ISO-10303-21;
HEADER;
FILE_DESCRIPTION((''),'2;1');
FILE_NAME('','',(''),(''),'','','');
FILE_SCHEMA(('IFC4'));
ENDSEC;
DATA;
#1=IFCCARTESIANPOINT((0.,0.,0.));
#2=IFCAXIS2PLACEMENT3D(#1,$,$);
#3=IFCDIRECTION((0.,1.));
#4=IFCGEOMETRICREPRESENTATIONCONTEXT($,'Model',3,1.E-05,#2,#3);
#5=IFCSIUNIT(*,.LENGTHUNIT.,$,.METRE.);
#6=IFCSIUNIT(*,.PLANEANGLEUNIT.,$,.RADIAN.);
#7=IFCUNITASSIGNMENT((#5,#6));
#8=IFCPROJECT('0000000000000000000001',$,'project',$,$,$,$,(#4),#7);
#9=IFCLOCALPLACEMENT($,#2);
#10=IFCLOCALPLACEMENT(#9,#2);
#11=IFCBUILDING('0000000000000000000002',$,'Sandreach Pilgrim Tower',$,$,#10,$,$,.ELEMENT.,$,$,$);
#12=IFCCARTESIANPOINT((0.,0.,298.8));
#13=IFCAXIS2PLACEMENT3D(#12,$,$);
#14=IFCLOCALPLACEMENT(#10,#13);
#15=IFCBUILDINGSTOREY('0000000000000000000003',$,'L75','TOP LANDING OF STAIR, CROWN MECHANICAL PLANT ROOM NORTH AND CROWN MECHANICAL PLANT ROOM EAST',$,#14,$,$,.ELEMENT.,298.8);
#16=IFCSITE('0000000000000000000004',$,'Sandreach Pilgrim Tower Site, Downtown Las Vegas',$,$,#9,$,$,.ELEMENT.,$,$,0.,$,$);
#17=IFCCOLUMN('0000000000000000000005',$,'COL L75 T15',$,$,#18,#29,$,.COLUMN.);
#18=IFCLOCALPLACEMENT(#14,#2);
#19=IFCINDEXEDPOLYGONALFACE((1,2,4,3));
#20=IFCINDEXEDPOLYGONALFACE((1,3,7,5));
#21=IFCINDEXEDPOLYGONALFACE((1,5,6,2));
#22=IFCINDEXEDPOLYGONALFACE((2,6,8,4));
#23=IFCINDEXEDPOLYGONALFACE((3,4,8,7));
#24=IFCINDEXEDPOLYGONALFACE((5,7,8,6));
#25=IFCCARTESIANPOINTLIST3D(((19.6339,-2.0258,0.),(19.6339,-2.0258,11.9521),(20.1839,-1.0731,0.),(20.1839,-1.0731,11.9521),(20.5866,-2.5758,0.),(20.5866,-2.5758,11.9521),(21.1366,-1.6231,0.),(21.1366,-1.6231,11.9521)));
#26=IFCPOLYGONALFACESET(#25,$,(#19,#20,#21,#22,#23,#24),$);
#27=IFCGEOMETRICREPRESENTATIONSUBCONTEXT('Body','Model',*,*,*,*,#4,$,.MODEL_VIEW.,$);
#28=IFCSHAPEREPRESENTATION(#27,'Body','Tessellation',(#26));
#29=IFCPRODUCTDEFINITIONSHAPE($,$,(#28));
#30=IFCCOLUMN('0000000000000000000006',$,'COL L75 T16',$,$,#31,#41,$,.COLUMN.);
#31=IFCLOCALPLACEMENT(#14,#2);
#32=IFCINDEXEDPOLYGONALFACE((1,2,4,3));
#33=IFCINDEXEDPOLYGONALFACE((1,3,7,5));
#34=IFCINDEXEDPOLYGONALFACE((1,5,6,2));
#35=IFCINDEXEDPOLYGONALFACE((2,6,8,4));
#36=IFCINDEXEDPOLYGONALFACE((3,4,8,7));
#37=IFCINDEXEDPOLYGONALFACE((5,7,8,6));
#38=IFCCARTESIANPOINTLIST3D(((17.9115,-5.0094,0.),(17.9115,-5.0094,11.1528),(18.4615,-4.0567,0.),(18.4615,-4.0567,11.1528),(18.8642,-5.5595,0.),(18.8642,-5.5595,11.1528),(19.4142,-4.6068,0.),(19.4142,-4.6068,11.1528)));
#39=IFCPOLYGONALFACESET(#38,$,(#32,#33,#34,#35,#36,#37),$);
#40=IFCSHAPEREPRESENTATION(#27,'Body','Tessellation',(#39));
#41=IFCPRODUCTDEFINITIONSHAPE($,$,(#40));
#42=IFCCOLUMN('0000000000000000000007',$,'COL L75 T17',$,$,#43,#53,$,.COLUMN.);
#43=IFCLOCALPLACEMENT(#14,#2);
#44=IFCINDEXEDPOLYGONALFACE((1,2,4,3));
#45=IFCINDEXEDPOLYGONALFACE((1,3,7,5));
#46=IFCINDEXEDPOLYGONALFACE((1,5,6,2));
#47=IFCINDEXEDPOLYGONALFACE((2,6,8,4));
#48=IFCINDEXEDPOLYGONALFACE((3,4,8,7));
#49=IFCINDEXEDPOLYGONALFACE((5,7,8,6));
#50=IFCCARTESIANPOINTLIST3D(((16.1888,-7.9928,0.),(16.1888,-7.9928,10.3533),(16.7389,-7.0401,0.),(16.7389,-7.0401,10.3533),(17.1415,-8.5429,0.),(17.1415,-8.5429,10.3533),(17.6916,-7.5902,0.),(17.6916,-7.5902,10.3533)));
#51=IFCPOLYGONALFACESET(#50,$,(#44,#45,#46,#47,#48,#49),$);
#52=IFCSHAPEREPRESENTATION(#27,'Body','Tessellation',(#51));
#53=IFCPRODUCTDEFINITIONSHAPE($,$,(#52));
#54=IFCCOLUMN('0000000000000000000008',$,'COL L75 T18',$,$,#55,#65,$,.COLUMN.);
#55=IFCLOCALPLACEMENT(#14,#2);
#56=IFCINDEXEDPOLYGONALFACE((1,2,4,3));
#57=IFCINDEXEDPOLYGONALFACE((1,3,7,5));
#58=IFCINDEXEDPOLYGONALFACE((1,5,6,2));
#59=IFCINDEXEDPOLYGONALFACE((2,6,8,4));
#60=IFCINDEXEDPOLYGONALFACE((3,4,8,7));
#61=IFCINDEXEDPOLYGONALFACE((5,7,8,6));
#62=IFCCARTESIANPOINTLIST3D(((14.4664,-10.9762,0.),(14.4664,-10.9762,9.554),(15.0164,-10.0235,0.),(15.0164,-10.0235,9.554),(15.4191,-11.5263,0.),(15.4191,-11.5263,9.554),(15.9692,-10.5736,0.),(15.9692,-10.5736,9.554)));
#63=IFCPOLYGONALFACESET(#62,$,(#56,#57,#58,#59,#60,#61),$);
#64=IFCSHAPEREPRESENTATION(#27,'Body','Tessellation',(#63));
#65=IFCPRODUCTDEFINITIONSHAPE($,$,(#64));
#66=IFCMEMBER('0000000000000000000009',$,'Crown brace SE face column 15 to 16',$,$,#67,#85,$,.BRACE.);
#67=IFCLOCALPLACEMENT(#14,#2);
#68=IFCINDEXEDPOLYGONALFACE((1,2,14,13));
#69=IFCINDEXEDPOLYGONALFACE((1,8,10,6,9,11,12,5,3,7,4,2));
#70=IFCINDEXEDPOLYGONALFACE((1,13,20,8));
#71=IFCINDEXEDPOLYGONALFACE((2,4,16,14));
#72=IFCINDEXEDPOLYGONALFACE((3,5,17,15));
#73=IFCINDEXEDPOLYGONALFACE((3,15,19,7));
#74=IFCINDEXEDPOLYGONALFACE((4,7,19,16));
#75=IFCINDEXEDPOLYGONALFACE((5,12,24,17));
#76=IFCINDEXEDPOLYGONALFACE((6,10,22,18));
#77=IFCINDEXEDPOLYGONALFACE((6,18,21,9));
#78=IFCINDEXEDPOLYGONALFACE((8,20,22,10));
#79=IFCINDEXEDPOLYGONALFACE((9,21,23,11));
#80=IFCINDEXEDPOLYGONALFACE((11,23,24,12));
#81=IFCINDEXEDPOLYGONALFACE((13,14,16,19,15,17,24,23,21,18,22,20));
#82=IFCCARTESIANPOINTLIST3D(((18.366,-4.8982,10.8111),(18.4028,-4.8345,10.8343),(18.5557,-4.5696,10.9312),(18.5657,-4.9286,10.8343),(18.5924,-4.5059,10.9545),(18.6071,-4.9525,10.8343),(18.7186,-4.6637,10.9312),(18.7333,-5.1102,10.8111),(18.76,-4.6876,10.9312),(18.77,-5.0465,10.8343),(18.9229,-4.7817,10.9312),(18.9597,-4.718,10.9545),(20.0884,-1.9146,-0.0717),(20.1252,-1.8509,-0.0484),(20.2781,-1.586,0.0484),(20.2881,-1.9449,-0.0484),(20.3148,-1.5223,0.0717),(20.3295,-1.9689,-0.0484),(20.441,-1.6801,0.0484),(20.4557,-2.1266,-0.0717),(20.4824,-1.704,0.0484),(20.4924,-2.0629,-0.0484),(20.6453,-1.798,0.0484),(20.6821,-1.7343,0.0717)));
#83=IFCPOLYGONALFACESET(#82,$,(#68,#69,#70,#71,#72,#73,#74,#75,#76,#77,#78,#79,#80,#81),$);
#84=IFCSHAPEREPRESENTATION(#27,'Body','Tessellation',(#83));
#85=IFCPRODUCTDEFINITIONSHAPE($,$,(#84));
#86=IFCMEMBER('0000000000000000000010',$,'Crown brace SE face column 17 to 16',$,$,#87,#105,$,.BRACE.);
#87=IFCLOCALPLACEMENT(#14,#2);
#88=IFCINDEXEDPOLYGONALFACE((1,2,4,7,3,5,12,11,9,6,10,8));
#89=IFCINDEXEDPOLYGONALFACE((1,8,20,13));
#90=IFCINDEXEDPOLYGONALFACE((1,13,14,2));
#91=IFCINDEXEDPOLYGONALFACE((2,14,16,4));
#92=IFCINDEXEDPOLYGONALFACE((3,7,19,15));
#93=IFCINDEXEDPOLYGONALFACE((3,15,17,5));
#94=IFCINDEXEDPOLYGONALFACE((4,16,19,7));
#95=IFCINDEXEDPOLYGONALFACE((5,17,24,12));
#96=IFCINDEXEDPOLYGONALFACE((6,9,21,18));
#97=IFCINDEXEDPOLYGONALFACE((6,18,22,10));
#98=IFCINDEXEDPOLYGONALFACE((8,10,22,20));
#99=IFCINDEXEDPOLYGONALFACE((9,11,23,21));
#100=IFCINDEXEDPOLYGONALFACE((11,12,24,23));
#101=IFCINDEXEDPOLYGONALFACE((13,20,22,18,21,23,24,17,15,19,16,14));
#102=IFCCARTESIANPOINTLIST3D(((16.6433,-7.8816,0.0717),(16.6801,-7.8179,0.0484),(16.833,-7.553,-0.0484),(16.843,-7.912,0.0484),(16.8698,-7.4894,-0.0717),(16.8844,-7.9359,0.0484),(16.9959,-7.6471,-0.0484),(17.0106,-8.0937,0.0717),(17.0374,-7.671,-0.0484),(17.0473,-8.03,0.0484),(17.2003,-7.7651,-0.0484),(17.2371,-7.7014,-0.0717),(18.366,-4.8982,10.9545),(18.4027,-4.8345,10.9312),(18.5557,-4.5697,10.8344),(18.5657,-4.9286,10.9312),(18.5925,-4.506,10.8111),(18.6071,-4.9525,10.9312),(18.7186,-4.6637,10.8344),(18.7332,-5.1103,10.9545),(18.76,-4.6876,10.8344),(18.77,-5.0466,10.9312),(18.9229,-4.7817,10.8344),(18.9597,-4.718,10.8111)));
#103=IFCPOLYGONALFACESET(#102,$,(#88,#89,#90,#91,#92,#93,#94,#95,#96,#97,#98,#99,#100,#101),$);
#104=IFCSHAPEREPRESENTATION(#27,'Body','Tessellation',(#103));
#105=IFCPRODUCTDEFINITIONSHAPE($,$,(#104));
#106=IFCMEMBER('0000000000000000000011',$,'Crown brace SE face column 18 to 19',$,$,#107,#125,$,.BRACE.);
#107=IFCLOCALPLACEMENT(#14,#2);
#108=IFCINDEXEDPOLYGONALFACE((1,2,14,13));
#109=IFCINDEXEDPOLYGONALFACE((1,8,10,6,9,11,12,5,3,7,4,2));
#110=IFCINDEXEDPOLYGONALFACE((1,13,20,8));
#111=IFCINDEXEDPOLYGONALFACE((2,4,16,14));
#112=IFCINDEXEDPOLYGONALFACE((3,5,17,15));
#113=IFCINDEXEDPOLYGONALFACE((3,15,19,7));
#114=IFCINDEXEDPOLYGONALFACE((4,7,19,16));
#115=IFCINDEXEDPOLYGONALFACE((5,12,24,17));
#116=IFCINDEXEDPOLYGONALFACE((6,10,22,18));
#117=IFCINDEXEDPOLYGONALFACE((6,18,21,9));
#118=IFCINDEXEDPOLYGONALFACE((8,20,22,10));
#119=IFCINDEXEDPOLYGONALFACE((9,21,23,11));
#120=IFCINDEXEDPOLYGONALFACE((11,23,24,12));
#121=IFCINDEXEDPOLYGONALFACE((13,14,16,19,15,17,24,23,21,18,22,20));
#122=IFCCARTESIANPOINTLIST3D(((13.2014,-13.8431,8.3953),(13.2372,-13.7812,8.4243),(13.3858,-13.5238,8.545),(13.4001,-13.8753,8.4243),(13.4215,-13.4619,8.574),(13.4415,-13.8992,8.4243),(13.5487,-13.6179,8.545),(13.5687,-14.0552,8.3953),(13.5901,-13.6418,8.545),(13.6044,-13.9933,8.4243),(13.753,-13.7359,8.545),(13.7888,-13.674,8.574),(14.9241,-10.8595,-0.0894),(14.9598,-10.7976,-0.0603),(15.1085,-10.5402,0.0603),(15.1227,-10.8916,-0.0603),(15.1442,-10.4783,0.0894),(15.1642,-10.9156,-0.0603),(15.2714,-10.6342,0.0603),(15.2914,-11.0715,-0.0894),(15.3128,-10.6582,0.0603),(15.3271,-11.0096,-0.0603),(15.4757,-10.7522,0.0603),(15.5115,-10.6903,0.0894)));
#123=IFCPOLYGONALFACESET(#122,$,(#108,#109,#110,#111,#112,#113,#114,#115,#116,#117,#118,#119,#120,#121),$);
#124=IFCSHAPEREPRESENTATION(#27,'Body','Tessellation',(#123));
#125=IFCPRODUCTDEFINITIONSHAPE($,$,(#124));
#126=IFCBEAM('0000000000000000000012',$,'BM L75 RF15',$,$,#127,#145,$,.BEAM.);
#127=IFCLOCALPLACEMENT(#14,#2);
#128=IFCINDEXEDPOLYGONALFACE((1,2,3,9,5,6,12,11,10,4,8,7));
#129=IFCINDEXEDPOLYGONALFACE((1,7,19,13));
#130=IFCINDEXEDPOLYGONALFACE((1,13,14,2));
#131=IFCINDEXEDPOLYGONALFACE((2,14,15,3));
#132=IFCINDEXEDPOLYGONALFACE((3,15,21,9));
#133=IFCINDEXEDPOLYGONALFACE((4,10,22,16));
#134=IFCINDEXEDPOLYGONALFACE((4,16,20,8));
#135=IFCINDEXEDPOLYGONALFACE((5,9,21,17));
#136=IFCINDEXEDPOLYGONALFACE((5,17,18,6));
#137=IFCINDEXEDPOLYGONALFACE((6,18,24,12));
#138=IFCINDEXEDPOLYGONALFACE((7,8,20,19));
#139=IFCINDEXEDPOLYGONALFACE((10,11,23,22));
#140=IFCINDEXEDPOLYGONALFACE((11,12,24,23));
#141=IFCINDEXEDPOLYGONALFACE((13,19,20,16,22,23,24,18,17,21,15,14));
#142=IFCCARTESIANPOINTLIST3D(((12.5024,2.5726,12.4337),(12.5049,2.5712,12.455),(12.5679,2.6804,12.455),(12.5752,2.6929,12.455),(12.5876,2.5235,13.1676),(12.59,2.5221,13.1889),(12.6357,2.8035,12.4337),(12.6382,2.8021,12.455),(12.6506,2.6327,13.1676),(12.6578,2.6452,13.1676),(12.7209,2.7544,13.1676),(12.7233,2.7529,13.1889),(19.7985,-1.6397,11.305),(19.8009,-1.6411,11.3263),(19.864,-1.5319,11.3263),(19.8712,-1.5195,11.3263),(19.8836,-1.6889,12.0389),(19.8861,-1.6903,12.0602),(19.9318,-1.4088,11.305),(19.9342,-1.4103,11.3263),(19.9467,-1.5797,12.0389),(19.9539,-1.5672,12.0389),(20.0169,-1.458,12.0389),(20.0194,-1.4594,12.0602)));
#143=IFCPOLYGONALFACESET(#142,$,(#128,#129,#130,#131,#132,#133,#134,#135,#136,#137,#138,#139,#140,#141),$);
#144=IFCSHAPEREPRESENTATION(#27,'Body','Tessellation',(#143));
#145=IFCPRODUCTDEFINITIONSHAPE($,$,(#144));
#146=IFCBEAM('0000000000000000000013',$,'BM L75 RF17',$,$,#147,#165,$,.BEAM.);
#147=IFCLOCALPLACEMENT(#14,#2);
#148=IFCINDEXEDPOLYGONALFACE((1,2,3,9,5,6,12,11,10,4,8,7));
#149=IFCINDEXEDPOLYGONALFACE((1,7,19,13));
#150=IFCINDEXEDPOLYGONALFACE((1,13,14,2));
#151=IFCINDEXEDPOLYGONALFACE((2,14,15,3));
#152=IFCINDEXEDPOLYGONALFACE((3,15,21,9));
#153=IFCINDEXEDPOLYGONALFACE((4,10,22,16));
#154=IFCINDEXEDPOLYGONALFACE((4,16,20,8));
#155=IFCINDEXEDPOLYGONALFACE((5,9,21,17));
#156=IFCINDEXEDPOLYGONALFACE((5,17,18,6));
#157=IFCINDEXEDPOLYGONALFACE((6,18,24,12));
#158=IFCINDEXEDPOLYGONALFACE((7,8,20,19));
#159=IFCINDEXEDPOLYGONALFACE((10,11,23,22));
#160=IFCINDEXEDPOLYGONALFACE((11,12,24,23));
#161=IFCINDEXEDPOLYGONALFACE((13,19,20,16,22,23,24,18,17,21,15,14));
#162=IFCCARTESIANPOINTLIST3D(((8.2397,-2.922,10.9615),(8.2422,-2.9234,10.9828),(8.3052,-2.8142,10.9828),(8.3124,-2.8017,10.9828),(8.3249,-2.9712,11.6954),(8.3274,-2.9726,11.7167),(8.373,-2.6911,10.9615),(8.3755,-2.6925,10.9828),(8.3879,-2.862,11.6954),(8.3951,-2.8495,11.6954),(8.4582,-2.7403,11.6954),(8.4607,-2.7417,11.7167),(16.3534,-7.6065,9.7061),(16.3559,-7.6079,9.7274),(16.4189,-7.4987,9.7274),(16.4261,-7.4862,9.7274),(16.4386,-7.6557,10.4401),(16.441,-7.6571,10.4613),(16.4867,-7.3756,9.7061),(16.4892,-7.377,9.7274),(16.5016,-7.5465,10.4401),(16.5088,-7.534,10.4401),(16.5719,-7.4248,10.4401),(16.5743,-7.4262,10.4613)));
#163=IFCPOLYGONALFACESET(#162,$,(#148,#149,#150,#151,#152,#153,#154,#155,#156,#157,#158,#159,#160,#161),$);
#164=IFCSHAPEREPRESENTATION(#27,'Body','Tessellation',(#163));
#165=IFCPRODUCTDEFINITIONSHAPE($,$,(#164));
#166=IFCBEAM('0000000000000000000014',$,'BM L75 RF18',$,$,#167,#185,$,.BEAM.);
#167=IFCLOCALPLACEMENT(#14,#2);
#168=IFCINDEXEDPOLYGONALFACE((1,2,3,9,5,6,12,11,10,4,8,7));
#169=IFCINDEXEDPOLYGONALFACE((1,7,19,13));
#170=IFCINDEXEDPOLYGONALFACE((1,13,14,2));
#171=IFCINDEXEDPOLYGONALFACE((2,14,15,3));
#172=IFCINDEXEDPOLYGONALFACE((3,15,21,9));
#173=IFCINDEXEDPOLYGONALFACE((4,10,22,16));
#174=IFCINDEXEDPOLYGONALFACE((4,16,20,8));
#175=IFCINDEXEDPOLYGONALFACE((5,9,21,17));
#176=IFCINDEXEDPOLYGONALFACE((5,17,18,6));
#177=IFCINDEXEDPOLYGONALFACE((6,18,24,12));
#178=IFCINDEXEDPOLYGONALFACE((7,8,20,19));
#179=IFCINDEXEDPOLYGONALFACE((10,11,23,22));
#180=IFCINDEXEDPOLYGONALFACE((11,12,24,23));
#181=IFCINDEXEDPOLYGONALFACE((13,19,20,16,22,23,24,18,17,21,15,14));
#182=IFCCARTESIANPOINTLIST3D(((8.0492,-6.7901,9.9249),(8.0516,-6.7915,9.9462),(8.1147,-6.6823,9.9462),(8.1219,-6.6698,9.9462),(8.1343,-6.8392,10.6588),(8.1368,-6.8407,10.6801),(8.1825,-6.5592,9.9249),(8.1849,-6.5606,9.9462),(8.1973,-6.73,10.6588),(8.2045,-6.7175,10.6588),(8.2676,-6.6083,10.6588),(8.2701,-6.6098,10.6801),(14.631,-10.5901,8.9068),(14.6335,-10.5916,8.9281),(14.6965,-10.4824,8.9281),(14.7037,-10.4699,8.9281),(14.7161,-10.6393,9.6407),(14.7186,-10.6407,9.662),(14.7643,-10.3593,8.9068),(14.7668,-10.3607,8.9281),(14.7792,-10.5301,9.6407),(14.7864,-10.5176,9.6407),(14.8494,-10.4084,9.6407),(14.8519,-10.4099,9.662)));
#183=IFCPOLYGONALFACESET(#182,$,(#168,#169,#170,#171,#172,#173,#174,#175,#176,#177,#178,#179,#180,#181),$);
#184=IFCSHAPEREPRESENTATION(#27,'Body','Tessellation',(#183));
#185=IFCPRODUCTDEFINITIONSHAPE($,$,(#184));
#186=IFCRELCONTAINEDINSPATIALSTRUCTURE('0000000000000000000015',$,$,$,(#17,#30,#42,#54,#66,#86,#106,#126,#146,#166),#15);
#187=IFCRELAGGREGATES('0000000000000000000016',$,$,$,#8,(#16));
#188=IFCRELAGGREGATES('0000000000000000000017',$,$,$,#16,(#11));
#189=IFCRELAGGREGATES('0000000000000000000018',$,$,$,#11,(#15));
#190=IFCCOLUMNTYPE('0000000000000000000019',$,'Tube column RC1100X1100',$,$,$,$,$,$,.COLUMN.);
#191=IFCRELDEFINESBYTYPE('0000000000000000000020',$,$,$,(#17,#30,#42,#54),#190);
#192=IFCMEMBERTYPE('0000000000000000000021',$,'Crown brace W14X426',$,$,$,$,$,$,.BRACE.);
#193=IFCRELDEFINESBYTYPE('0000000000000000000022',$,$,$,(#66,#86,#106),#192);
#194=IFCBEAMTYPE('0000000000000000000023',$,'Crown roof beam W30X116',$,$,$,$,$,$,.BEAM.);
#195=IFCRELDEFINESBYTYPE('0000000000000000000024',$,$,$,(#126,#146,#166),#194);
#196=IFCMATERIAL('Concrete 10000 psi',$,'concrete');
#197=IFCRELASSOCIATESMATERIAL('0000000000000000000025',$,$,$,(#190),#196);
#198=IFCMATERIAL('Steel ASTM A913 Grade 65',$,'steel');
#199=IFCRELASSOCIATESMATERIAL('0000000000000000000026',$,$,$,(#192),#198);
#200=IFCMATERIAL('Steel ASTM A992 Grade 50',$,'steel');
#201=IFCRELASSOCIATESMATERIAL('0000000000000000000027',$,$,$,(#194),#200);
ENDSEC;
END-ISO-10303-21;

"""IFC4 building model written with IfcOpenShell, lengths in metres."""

from ifc_helpers import new_model, si_unit, direction, frame, origin, origin_2d, place, context, subcontext, project, spatial, rectangle, i_section, extrude, material, material_profile, profile_set, type_object, element, save


model = new_model("IFC4")

# Units and contexts
model_context = context("Model", 3, precision=1e-05, world=origin(), true_north=direction((0.0, 1.0)))
body_context = subcontext(model_context, "Body", "Model", "MODEL_VIEW")
ifc_project = project(units=[si_unit("LENGTHUNIT", "METRE"), si_unit("PLANEANGLEUNIT", "RADIAN")], contexts=[model_context])

# Site, building, storey
site_placement = place(None, origin())
site = spatial("IfcSite", under=ifc_project, at=site_placement, Name="Sandreach Pilgrim Tower Site, Downtown Las Vegas", CompositionType="ELEMENT", RefElevation=0.0)
building_placement = place(site_placement, origin())
building = spatial("IfcBuilding", under=site, at=building_placement, Name="Sandreach Pilgrim Tower", CompositionType="ELEMENT")
storey_placement = place(building_placement, frame((0.0, 0.0, 298.8)))
storey = spatial("IfcBuildingStorey", under=building, at=storey_placement, Name="L75", Description="TOP LANDING OF STAIR, CROWN MECHANICAL PLANT ROOM NORTH AND CROWN MECHANICAL PLANT ROOM EAST", CompositionType="ELEMENT", Elevation=298.8)

# Columns
ifc_material_1 = material(Name="Concrete 10000 psi", Category="concrete")
ifc_material_profile_1 = material_profile(ifc_material_1, rectangle(XDim=1.1001, YDim=1.1001, at=origin_2d()), Name="RC1100X1100")
ifc_profile_set_1 = profile_set([ifc_material_profile_1], Name="Concrete 10000 psi")
column_type = type_object("IfcColumnType", Name="Tube column RC1100X1100", PredefinedType="COLUMN", material=ifc_profile_set_1)
column_1_placement = place(storey_placement, frame((20.3853, -1.8245, 0.0), z_axis=(0.0, 0.0, 1.0), x_axis=(0.866025, -0.5, 0.0)))
element("IfcColumn", 1, at=column_1_placement, inside=storey, type_object=column_type, Name="COL L75 T15", PredefinedType="COLUMN", context=body_context, shape_type="SweptSolid", body=[
    extrude(rectangle(XDim=1.1001, YDim=1.1001, at=origin_2d()), origin(), (0.0, 0.0, 1.0), 11.9521),
])
column_2_placement = place(storey_placement, frame((18.6628, -4.8081, 0.0), z_axis=(0.0, 0.0, 1.0), x_axis=(0.866025, -0.5, 0.0)))
element("IfcColumn", 2, at=column_2_placement, inside=storey, type_object=column_type, Name="COL L75 T16", PredefinedType="COLUMN", context=body_context, shape_type="SweptSolid", body=[
    extrude(rectangle(XDim=1.1001, YDim=1.1001, at=origin_2d()), origin(), (0.0, 0.0, 1.0), 11.1528),
])
column_3_placement = place(storey_placement, frame((16.9402, -7.7915, 0.0), z_axis=(0.0, 0.0, 1.0), x_axis=(0.866025, -0.5, 0.0)))
element("IfcColumn", 3, at=column_3_placement, inside=storey, type_object=column_type, Name="COL L75 T17", PredefinedType="COLUMN", context=body_context, shape_type="SweptSolid", body=[
    extrude(rectangle(XDim=1.1001, YDim=1.1001, at=origin_2d()), origin(), (0.0, 0.0, 1.0), 10.3533),
])
column_4_placement = place(storey_placement, frame((15.2178, -10.7749, 0.0), z_axis=(0.0, 0.0, 1.0), x_axis=(0.866025, -0.5, 0.0)))
element("IfcColumn", 4, at=column_4_placement, inside=storey, type_object=column_type, Name="COL L75 T18", PredefinedType="COLUMN", context=body_context, shape_type="SweptSolid", body=[
    extrude(rectangle(XDim=1.1001, YDim=1.1001, at=origin_2d()), origin(), (0.0, 0.0, 1.0), 9.554),
])

# Members
ifc_material_2 = material(Name="Steel ASTM A913 Grade 65", Category="steel")
ifc_material_profile_2 = material_profile(ifc_material_2, i_section(OverallWidth=0.4241, OverallDepth=0.4751, WebThickness=0.0479, FlangeThickness=0.0771, at=origin_2d()), Name="W14X426")
ifc_profile_set_2 = profile_set([ifc_material_profile_2], Name="Steel ASTM A913 Grade 65")
member_type = type_object("IfcMemberType", Name="Crown brace W14X426", PredefinedType="BRACE", material=ifc_profile_set_2)
for number, where, z_axis, x_axis, name in (
    (5, (20.3853, -1.8245, 0.0), (-0.150889, -0.261377, 0.95337), (0.86605, -0.499958, 0.0), "Crown brace SE face column 15 to 16"),
    (6, (16.9402, -7.7915, 0.0), (0.150911, 0.261356, 0.953372), (-0.866001, 0.500041, 0.0), "Crown brace SE face column 17 to 16"),
):
    element("IfcMember", number, at=place(storey_placement, frame(where, z_axis=z_axis, x_axis=x_axis)), inside=storey, type_object=member_type, Name=name, PredefinedType="BRACE", context=body_context, shape_type="SweptSolid", body=[
        extrude(i_section(OverallWidth=0.4241, OverallDepth=0.4751, WebThickness=0.0479, FlangeThickness=0.0771, at=origin_2d()), origin(), (0.0, 0.0, 1.0), 11.415),
    ])
member_placement = place(storey_placement, frame((15.2178, -10.7749, 0.0), z_axis=(-0.188116, -0.325817, 0.926529), x_axis=(0.866019, -0.500011, 0.0)))
element("IfcMember", 7, at=member_placement, inside=storey, type_object=member_type, Name="Crown brace SE face column 18 to 19", PredefinedType="BRACE", context=body_context, shape_type="SweptSolid", body=[
    extrude(i_section(OverallWidth=0.4241, OverallDepth=0.4751, WebThickness=0.0479, FlangeThickness=0.0771, at=origin_2d()), origin(), (0.0, 0.0, 1.0), 9.1575),
])

# Beams
ifc_material_3 = material(Name="Steel ASTM A992 Grade 50", Category="steel")
ifc_material_profile_3 = material_profile(ifc_material_3, i_section(OverallWidth=0.2666, OverallDepth=0.762, WebThickness=0.0144, FlangeThickness=0.0215, at=origin_2d()), Name="W30X116")
ifc_profile_set_3 = profile_set([ifc_material_profile_3], Name="Steel ASTM A992 Grade 50")
beam_type_1 = type_object("IfcBeamType", Name="Crown roof beam W30X116", PredefinedType="BEAM", material=ifc_profile_set_3)
beam_1_placement = place(storey_placement, frame((19.9089, -1.5496, 11.6826), z_axis=(-0.858358, 0.49557, 0.132782), x_axis=(-0.499998, -0.866027, 0.0)))
element("IfcBeam", 8, at=beam_1_placement, inside=storey, type_object=beam_type_1, Name="BM L75 RF15", PredefinedType="BEAM", context=body_context, shape_type="SweptSolid", body=[
    extrude(i_section(OverallWidth=0.2666, OverallDepth=0.762, WebThickness=0.0144, FlangeThickness=0.0215, at=origin_2d()), origin(), (0.0, 0.0, 1.0), 8.5),
])
beam_2_placement = place(storey_placement, frame((16.4639, -7.5164, 10.0837), z_axis=(-0.858351, 0.495578, 0.132805), x_axis=(-0.500007, -0.866022, 0.0)))
element("IfcBeam", 9, at=beam_2_placement, inside=storey, type_object=beam_type_1, Name="BM L75 RF17", PredefinedType="BEAM", context=body_context, shape_type="SweptSolid", body=[
    extrude(i_section(OverallWidth=0.2666, OverallDepth=0.762, WebThickness=0.0144, FlangeThickness=0.0215, at=origin_2d()), origin(), (0.0, 0.0, 1.0), 9.4526),
])
beam_3_placement = place(storey_placement, frame((14.7415, -10.5, 9.2844), z_axis=(-0.858355, 0.495579, 0.13277), x_axis=(-0.500005, -0.866022, 0.0)))
element("IfcBeam", 10, at=beam_3_placement, inside=storey, type_object=beam_type_1, Name="BM L75 RF18", PredefinedType="BEAM", context=body_context, shape_type="SweptSolid", body=[
    extrude(i_section(OverallWidth=0.2666, OverallDepth=0.762, WebThickness=0.0144, FlangeThickness=0.0215, at=origin_2d()), origin(), (0.0, 0.0, 1.0), 7.668),
])

save(model, "model.ifc")
